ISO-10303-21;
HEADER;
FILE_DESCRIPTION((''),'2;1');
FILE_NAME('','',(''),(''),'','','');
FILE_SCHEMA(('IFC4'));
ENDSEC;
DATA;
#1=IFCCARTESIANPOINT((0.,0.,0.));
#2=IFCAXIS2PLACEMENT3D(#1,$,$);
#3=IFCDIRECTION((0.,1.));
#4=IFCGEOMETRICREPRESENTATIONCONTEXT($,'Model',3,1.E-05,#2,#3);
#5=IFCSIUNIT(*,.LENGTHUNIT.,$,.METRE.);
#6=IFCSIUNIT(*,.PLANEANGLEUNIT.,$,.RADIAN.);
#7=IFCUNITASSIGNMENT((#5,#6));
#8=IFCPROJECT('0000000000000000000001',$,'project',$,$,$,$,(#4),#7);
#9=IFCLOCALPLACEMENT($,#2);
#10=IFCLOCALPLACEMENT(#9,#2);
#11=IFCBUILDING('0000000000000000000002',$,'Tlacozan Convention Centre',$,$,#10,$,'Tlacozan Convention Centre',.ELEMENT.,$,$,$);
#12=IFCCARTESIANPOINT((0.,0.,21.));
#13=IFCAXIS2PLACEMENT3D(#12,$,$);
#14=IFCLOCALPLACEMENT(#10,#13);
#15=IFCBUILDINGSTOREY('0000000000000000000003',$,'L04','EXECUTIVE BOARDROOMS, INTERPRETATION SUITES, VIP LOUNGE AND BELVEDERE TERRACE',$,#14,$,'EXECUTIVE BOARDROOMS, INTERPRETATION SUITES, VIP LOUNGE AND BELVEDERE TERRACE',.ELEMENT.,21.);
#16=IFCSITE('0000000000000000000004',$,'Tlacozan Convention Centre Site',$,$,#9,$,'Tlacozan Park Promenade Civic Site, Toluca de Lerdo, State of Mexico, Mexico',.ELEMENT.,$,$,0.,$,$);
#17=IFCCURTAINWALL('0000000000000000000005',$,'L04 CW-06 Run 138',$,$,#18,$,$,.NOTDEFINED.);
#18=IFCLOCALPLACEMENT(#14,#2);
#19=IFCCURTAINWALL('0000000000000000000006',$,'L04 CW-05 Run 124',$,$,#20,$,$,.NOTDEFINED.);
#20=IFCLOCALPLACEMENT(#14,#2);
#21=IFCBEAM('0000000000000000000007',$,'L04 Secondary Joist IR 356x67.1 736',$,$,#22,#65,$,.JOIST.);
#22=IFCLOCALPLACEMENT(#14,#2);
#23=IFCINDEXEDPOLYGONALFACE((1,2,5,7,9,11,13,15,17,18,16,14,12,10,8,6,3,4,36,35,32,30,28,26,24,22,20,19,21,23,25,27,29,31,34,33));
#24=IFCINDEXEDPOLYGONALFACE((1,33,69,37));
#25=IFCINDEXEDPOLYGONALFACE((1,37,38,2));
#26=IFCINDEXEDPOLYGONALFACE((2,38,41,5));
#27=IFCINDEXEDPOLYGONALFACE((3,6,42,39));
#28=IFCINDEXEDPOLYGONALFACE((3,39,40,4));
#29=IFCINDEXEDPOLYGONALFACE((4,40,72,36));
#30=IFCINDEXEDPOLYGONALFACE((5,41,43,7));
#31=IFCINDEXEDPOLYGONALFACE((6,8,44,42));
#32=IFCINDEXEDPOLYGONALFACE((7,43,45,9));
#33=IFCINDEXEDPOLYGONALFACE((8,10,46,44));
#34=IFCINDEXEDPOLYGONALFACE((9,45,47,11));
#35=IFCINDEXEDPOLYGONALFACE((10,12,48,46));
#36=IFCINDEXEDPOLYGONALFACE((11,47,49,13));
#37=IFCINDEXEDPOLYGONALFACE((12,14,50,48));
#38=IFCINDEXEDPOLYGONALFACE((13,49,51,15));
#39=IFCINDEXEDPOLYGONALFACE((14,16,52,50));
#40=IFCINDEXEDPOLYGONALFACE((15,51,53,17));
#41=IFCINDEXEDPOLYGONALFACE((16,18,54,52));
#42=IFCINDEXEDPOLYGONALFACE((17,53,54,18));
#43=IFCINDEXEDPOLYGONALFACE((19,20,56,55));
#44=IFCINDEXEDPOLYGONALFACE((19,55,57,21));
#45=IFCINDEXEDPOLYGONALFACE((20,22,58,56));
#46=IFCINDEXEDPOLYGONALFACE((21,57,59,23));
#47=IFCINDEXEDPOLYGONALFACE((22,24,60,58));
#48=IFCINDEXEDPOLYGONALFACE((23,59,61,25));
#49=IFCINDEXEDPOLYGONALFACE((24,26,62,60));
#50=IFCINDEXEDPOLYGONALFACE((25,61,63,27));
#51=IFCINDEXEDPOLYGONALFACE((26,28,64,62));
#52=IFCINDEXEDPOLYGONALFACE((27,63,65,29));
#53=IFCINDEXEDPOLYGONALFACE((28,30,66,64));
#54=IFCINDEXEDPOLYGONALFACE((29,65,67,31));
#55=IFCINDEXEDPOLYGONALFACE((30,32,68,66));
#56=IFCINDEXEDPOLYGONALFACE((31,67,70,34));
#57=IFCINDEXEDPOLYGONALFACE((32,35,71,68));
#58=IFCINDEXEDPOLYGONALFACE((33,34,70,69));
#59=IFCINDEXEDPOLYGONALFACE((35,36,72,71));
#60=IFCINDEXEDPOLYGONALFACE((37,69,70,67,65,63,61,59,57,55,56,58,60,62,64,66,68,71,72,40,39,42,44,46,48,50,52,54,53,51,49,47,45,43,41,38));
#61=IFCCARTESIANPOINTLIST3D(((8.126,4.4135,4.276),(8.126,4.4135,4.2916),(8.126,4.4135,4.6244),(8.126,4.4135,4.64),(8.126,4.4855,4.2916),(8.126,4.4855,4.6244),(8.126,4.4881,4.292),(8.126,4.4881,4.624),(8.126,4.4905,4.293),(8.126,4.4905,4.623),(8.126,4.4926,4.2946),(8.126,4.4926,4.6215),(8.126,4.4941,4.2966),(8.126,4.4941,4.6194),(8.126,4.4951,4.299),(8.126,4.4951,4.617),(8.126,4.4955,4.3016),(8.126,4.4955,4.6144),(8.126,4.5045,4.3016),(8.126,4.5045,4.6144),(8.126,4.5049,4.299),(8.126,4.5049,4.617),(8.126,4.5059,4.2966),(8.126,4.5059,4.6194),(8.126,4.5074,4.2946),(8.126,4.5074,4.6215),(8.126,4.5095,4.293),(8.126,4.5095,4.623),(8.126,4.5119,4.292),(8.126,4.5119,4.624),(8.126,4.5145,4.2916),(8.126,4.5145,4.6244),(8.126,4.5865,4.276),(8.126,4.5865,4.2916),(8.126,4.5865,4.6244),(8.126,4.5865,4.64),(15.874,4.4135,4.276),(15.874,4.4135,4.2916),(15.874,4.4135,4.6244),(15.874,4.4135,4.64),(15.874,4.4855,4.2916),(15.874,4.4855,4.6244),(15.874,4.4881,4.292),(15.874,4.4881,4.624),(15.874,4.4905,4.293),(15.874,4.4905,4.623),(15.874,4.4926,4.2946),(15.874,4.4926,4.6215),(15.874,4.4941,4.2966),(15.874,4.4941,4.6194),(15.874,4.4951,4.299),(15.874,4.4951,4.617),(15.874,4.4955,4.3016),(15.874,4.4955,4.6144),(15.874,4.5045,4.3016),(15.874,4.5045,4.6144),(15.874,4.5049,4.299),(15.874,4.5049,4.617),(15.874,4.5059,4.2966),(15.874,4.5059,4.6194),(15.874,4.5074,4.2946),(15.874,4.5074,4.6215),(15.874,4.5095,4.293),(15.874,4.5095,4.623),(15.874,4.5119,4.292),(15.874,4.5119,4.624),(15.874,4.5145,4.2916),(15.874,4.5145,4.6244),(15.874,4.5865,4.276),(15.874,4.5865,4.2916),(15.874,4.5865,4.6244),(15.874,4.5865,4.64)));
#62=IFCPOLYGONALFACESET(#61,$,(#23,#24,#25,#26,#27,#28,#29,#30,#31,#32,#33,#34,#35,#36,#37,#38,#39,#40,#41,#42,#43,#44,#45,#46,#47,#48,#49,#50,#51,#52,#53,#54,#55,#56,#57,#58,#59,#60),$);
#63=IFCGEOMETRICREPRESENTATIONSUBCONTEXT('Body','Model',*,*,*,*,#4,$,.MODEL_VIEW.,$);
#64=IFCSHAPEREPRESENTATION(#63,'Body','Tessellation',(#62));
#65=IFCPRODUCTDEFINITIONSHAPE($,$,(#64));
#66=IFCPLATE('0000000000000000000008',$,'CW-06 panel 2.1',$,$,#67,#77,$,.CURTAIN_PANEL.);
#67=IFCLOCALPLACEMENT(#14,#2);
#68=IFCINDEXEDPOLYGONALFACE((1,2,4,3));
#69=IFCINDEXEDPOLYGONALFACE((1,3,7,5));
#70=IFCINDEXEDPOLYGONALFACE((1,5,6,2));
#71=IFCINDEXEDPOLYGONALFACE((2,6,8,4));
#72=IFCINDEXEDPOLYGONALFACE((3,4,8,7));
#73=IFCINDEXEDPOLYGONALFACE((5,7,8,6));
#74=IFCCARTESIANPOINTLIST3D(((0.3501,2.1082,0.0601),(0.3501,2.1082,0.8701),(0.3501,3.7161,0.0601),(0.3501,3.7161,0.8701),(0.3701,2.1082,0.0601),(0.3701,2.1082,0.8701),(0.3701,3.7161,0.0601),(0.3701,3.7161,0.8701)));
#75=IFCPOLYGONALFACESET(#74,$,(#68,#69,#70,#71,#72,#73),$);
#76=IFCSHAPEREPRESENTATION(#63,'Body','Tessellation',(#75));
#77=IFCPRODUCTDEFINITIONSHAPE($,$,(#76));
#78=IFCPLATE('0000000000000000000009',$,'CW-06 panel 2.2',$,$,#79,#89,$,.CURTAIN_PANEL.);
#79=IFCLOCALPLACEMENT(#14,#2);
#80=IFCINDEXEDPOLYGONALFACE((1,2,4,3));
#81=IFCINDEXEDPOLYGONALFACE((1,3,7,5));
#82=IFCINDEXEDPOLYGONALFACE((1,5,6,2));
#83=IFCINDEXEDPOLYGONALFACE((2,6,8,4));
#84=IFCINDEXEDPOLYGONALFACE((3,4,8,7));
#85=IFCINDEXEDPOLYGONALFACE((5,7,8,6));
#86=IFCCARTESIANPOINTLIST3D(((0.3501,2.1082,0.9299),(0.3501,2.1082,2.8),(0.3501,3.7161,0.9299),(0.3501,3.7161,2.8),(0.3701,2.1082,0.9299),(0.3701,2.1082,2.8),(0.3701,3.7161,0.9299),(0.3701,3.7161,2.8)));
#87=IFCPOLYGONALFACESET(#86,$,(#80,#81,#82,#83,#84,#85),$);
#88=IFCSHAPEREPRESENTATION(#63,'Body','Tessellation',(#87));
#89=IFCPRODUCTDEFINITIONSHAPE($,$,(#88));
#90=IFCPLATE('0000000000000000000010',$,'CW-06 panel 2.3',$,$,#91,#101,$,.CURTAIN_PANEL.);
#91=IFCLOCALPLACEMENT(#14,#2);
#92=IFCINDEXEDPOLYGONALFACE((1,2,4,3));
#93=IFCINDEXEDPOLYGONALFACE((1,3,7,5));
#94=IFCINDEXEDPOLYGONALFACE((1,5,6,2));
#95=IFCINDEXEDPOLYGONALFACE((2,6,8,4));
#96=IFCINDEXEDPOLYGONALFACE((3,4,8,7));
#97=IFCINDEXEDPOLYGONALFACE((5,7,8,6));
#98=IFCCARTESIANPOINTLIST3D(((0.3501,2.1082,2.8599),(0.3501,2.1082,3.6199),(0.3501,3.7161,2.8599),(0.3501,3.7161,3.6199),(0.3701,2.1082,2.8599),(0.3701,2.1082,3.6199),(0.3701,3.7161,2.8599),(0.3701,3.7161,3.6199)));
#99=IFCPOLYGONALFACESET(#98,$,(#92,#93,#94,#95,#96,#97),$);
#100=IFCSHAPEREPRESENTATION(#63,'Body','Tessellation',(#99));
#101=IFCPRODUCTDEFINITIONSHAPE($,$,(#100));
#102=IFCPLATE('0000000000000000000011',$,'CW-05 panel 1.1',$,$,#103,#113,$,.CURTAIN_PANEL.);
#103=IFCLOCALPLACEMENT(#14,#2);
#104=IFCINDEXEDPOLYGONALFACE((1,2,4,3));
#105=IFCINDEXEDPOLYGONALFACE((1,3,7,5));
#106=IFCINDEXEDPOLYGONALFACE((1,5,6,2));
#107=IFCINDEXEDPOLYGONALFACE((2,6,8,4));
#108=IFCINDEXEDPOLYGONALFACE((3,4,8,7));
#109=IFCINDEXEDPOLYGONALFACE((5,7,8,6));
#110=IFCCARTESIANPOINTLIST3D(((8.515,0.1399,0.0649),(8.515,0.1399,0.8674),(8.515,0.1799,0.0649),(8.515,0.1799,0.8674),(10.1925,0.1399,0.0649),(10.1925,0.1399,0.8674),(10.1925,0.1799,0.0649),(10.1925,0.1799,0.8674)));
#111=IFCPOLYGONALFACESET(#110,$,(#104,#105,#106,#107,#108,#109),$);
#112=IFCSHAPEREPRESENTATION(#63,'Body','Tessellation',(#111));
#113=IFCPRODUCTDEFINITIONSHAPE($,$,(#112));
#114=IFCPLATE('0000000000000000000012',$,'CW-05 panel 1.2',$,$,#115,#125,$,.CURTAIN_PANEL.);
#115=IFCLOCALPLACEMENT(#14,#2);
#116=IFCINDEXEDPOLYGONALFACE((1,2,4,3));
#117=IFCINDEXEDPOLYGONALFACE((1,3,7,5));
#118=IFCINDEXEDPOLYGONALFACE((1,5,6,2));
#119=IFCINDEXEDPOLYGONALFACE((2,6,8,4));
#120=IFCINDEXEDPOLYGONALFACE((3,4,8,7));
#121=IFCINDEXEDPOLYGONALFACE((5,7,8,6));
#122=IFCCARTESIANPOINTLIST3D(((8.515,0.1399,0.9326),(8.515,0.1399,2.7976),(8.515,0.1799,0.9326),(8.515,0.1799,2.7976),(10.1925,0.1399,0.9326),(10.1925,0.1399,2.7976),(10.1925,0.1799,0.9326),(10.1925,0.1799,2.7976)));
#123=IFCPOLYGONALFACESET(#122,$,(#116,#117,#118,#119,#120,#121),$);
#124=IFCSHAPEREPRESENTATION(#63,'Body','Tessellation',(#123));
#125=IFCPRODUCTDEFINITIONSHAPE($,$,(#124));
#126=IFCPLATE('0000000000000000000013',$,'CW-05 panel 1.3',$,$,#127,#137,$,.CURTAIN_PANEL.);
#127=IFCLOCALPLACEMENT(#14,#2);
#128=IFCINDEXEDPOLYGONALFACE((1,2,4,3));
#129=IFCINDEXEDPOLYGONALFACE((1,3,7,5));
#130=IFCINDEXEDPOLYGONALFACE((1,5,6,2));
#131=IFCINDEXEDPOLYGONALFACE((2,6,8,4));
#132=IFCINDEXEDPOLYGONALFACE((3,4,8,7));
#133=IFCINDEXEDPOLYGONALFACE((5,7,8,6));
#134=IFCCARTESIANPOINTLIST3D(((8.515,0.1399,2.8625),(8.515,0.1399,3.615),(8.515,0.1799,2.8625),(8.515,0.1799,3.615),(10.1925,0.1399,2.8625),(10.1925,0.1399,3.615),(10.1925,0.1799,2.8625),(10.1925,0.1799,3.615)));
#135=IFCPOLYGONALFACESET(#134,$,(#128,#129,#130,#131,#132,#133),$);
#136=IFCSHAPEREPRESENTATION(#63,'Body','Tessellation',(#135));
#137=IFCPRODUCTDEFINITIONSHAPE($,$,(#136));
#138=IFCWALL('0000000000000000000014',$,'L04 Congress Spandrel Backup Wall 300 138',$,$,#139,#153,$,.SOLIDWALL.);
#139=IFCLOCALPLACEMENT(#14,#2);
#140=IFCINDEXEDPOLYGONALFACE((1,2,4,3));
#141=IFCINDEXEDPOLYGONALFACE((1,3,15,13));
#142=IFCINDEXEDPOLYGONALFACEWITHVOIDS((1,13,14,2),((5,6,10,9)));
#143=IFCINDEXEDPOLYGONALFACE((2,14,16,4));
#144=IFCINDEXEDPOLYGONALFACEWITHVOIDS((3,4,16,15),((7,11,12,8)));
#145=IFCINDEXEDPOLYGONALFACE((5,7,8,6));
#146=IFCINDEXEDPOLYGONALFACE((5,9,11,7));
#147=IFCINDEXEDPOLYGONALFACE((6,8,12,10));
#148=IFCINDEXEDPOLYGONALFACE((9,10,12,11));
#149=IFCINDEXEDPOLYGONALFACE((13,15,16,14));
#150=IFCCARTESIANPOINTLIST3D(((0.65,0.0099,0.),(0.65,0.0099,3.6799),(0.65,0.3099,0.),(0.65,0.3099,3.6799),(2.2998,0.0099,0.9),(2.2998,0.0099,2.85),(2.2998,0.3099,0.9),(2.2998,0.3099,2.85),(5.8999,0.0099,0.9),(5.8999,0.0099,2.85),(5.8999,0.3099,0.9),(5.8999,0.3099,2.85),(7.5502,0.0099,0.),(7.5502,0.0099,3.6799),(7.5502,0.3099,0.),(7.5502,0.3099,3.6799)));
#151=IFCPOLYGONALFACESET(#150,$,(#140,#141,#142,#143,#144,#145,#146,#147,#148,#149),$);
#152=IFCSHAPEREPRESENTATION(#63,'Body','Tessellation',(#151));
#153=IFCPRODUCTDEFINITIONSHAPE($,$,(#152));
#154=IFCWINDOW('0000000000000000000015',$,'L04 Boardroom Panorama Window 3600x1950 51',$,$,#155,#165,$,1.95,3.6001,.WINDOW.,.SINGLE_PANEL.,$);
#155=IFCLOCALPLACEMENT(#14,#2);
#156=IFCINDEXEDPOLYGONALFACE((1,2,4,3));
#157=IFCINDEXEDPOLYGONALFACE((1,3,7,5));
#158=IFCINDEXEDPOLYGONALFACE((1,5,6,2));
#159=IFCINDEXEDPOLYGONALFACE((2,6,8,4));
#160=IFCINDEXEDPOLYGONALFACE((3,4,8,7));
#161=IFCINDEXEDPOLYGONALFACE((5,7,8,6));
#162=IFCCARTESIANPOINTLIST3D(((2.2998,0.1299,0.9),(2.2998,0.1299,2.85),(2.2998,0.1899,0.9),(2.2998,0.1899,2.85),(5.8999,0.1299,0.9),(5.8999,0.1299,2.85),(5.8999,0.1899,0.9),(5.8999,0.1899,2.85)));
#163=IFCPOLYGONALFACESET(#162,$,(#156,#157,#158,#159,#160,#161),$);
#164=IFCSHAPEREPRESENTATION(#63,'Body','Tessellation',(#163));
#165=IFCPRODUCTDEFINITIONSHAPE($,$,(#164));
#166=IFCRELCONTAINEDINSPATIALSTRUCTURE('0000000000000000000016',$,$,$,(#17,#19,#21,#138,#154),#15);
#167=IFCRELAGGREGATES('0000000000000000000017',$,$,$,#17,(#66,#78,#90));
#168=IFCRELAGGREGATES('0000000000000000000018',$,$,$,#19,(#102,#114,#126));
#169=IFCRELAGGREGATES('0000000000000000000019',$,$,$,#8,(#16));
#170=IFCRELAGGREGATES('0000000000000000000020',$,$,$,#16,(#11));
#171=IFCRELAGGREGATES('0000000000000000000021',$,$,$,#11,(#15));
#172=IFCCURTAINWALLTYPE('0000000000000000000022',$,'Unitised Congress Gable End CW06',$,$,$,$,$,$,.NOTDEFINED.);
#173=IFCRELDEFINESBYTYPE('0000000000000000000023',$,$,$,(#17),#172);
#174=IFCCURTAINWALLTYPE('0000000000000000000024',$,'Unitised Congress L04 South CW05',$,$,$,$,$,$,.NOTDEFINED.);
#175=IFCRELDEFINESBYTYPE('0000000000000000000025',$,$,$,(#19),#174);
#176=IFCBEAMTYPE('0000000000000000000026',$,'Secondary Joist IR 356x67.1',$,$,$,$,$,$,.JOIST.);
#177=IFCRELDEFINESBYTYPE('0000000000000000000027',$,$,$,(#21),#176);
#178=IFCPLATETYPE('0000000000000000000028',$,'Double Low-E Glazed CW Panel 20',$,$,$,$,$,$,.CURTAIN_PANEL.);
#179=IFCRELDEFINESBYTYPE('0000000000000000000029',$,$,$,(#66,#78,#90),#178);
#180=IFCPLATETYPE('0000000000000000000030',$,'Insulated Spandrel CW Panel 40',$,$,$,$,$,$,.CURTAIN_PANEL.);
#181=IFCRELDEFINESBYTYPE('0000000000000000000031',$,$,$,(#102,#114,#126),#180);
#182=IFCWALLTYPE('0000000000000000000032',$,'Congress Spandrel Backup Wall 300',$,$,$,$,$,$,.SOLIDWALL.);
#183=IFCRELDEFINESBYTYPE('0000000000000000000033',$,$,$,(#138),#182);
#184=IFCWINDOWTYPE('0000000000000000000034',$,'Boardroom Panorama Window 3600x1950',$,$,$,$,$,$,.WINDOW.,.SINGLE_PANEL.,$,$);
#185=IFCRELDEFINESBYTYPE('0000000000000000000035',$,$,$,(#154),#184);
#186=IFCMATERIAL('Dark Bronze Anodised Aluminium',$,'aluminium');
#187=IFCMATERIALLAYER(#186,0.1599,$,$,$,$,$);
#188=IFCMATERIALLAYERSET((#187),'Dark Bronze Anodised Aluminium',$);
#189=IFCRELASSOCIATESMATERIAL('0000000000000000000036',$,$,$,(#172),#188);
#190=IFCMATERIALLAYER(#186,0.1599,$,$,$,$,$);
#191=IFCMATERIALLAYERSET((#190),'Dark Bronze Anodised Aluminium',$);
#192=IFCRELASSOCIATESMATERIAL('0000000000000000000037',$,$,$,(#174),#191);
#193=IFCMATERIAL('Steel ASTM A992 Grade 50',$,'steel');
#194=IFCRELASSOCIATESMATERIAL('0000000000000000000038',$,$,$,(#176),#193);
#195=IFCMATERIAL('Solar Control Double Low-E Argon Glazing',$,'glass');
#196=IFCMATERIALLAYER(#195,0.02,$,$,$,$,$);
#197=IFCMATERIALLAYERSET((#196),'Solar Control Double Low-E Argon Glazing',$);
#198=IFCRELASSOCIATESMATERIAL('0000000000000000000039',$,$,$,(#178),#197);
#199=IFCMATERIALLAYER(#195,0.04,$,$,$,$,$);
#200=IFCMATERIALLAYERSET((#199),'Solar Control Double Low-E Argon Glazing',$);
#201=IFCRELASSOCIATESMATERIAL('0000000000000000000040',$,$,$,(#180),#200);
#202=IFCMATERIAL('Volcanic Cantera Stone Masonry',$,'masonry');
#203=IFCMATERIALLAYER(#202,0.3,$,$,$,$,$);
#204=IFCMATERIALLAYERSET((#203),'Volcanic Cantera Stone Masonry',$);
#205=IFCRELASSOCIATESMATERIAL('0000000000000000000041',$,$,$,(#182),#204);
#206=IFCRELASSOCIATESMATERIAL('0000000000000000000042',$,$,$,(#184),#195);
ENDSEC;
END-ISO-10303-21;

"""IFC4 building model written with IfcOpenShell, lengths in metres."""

from ifc_helpers import new_model, si_unit, direction, frame, frame_2d, origin, origin_2d, place, context, subcontext, project, spatial, rectangle, i_section, extrude, material, layer, layer_set, material_profile, profile_set, type_object, element, fill, aggregate, save


model = new_model("IFC4")

# Units and contexts
model_context = context("Model", 3, precision=1e-05, world=origin(), true_north=direction((0.0, 1.0)))
body_context = subcontext(model_context, "Body", "Model", "MODEL_VIEW")
ifc_project = project(units=[si_unit("LENGTHUNIT", "METRE"), si_unit("PLANEANGLEUNIT", "RADIAN")], contexts=[model_context])

# Site, building, storey
site_placement = place(None, origin())
site = spatial("IfcSite", under=ifc_project, at=site_placement, Name="Tlacozan Convention Centre Site", LongName="Tlacozan Park Promenade Civic Site, Toluca de Lerdo, State of Mexico, Mexico", CompositionType="ELEMENT", RefElevation=0.0)
building_placement = place(site_placement, origin())
building = spatial("IfcBuilding", under=site, at=building_placement, Name="Tlacozan Convention Centre", LongName="Tlacozan Convention Centre", CompositionType="ELEMENT")
storey_placement = place(building_placement, frame((0.0, 0.0, 21.0)))
storey = spatial("IfcBuildingStorey", under=building, at=storey_placement, Name="L04", Description="EXECUTIVE BOARDROOMS, INTERPRETATION SUITES, VIP LOUNGE AND BELVEDERE TERRACE", LongName="EXECUTIVE BOARDROOMS, INTERPRETATION SUITES, VIP LOUNGE AND BELVEDERE TERRACE", CompositionType="ELEMENT", Elevation=21.0)

# Shared definitions
ifc_material_1 = material(Name="Steel ASTM A992 Grade 50", Category="steel")

# Curtain walls
ifc_material_2 = material(Name="Dark Bronze Anodised Aluminium", Category="aluminium")
ifc_layer_1 = layer(ifc_material_2, 0.1599)
ifc_layer_set_1 = layer_set([ifc_layer_1], Name="Dark Bronze Anodised Aluminium")
curtain_wall_type_1 = type_object("IfcCurtainWallType", Name="Unitised Congress Gable End CW06", PredefinedType="NOTDEFINED", material=ifc_layer_set_1)
curtain_wall_1_placement = place(storey_placement, origin())
curtain_wall_1 = element("IfcCurtainWall", 1, at=curtain_wall_1_placement, inside=storey, type_object=curtain_wall_type_1, Name="L04 CW-06 Run 138", PredefinedType="NOTDEFINED")
ifc_layer_2 = layer(ifc_material_2, 0.1599)
ifc_layer_set_2 = layer_set([ifc_layer_2], Name="Dark Bronze Anodised Aluminium")
curtain_wall_type_2 = type_object("IfcCurtainWallType", Name="Unitised Congress L04 South CW05", PredefinedType="NOTDEFINED", material=ifc_layer_set_2)
curtain_wall_2_placement = place(storey_placement, origin())
curtain_wall_2 = element("IfcCurtainWall", 2, at=curtain_wall_2_placement, inside=storey, type_object=curtain_wall_type_2, Name="L04 CW-05 Run 124", PredefinedType="NOTDEFINED")

# Beam
ifc_material_profile_1 = material_profile(ifc_material_1, i_section(OverallWidth=0.1731, OverallDepth=0.364, WebThickness=0.009, FlangeThickness=0.0156, FilletRadius=0.01, at=origin_2d()), Name="IR 356x67.1")
ifc_profile_set_1 = profile_set([ifc_material_profile_1], Name="Steel ASTM A992 Grade 50")
beam_type_1 = type_object("IfcBeamType", Name="Secondary Joist IR 356x67.1", PredefinedType="JOIST", material=ifc_profile_set_1)
beam_1_placement = place(storey_placement, frame((8.126, 4.5, 4.458), z_axis=(1.0, 0.0, 0.0), x_axis=(0.0, 1.0, 0.0)))
element("IfcBeam", 3, at=beam_1_placement, inside=storey, type_object=beam_type_1, Name="L04 Secondary Joist IR 356x67.1 736", PredefinedType="JOIST", context=body_context, shape_type="SweptSolid", body=[
    extrude(i_section(OverallWidth=0.1731, OverallDepth=0.364, WebThickness=0.009, FlangeThickness=0.0156, FilletRadius=0.01, at=origin_2d()), origin(), (0.0, 0.0, 1.0), 7.748),
])

# Plates
ifc_material_3 = material(Name="Solar Control Double Low-E Argon Glazing", Category="glass")
ifc_layer_3 = layer(ifc_material_3, 0.02)
ifc_layer_set_3 = layer_set([ifc_layer_3], Name="Solar Control Double Low-E Argon Glazing")
plate_type_1 = type_object("IfcPlateType", Name="Double Low-E Glazed CW Panel 20", PredefinedType="CURTAIN_PANEL", material=ifc_layer_set_3)
plate_1_placement = place(storey_placement, frame((0.3601, 2.9121, 0.0601), z_axis=(0.0, 0.0, 1.0), x_axis=(0.0, 1.0, 0.0)))
plate_1 = element("IfcPlate", 4, at=plate_1_placement, type_object=plate_type_1, Name="CW-06 panel 2.1", PredefinedType="CURTAIN_PANEL", context=body_context, shape_type="SweptSolid", body=[
    extrude(rectangle(XDim=1.6079, YDim=0.02, at=origin_2d()), origin(), (0.0, 0.0, 1.0), 0.8101),
])
plate_2_placement = place(storey_placement, frame((0.3601, 2.9121, 0.9299), z_axis=(0.0, 0.0, 1.0), x_axis=(0.0, 1.0, 0.0)))
plate_2 = element("IfcPlate", 5, at=plate_2_placement, type_object=plate_type_1, Name="CW-06 panel 2.2", PredefinedType="CURTAIN_PANEL", context=body_context, shape_type="SweptSolid", body=[
    extrude(rectangle(XDim=1.6079, YDim=0.02, at=origin_2d()), origin(), (0.0, 0.0, 1.0), 1.8701),
])
plate_3_placement = place(storey_placement, frame((0.3601, 2.9121, 2.8599), z_axis=(0.0, 0.0, 1.0), x_axis=(0.0, 1.0, 0.0)))
plate_3 = element("IfcPlate", 6, at=plate_3_placement, type_object=plate_type_1, Name="CW-06 panel 2.3", PredefinedType="CURTAIN_PANEL", context=body_context, shape_type="SweptSolid", body=[
    extrude(rectangle(XDim=1.6079, YDim=0.02, at=origin_2d()), origin(), (0.0, 0.0, 1.0), 0.76),
])
aggregate(curtain_wall_1, [plate_1, plate_2, plate_3])
ifc_layer_4 = layer(ifc_material_3, 0.04)
ifc_layer_set_4 = layer_set([ifc_layer_4], Name="Solar Control Double Low-E Argon Glazing")
plate_type_2 = type_object("IfcPlateType", Name="Insulated Spandrel CW Panel 40", PredefinedType="CURTAIN_PANEL", material=ifc_layer_set_4)
plate_4_placement = place(storey_placement, frame((9.3538, 0.1599, 0.0649), z_axis=(0.0, 0.0, 1.0), x_axis=(1.0, 0.0, 0.0)))
plate_4 = element("IfcPlate", 7, at=plate_4_placement, type_object=plate_type_2, Name="CW-05 panel 1.1", PredefinedType="CURTAIN_PANEL", context=body_context, shape_type="SweptSolid", body=[
    extrude(rectangle(XDim=1.6775, YDim=0.04, at=origin_2d()), origin(), (0.0, 0.0, 1.0), 0.8025),
])
plate_5_placement = place(storey_placement, frame((9.3538, 0.1599, 0.9326), z_axis=(0.0, 0.0, 1.0), x_axis=(1.0, 0.0, 0.0)))
plate_5 = element("IfcPlate", 8, at=plate_5_placement, type_object=plate_type_2, Name="CW-05 panel 1.2", PredefinedType="CURTAIN_PANEL", context=body_context, shape_type="SweptSolid", body=[
    extrude(rectangle(XDim=1.6775, YDim=0.04, at=origin_2d()), origin(), (0.0, 0.0, 1.0), 1.865),
])
plate_6_placement = place(storey_placement, frame((9.3538, 0.1599, 2.8625), z_axis=(0.0, 0.0, 1.0), x_axis=(1.0, 0.0, 0.0)))
plate_6 = element("IfcPlate", 9, at=plate_6_placement, type_object=plate_type_2, Name="CW-05 panel 1.3", PredefinedType="CURTAIN_PANEL", context=body_context, shape_type="SweptSolid", body=[
    extrude(rectangle(XDim=1.6775, YDim=0.04, at=origin_2d()), origin(), (0.0, 0.0, 1.0), 0.7524),
])
aggregate(curtain_wall_2, [plate_4, plate_5, plate_6])

# Wall, opening, window
ifc_material_4 = material(Name="Volcanic Cantera Stone Masonry", Category="masonry")
ifc_layer_5 = layer(ifc_material_4, 0.3)
ifc_layer_set_5 = layer_set([ifc_layer_5], Name="Volcanic Cantera Stone Masonry")
wall_type = type_object("IfcWallType", Name="Congress Spandrel Backup Wall 300", PredefinedType="SOLIDWALL", material=ifc_layer_set_5)
wall_placement = place(storey_placement, frame((0.6499, 0.1599, 0.0), z_axis=(0.0, 0.0, 1.0), x_axis=(1.0, 0.0, 0.0)))
wall = element("IfcWall", 10, at=wall_placement, inside=storey, type_object=wall_type, Name="L04 Congress Spandrel Backup Wall 300 138", PredefinedType="SOLIDWALL", context=body_context, shape_type="SweptSolid", body=[
    extrude(rectangle(XDim=6.9001, YDim=0.3, at=frame_2d((3.4502, 0.0))), origin(), (0.0, 0.0, 1.0), 3.6799),
])
opening_placement = place(wall_placement, frame((1.6499, 0.0, 0.8999)))
opening = element("IfcOpeningElement", 11, at=opening_placement, cuts=wall, PredefinedType="OPENING", context=body_context, shape_type="SweptSolid", body=[
    extrude(rectangle(XDim=3.6001, YDim=1.95, at=frame_2d((1.8, 0.9751))), frame((0.0, 0.1599, 0.0), z_axis=(0.0, -1.0, 0.0), x_axis=(1.0, 0.0, 0.0)), (0.0, 0.0, 1.0), 0.3201),
])
window_type = type_object("IfcWindowType", Name="Boardroom Panorama Window 3600x1950", PartitioningType="SINGLE_PANEL", PredefinedType="WINDOW", material=ifc_material_3)
window_placement = place(opening_placement, origin())
window = element("IfcWindow", 12, at=window_placement, inside=storey, type_object=window_type, Name="L04 Boardroom Panorama Window 3600x1950 51", OverallHeight=1.95, OverallWidth=3.6001, PartitioningType="SINGLE_PANEL", PredefinedType="WINDOW", context=body_context, shape_type="SweptSolid", body=[
    extrude(rectangle(XDim=3.6001, YDim=1.95, at=frame_2d((1.8, 0.9751))), frame((0.0, 0.03, 0.0), z_axis=(0.0, -1.0, 0.0), x_axis=(1.0, 0.0, 0.0)), (0.0, 0.0, 1.0), 0.0601),
])
fill(opening, window)

save(model, "model.ifc")
